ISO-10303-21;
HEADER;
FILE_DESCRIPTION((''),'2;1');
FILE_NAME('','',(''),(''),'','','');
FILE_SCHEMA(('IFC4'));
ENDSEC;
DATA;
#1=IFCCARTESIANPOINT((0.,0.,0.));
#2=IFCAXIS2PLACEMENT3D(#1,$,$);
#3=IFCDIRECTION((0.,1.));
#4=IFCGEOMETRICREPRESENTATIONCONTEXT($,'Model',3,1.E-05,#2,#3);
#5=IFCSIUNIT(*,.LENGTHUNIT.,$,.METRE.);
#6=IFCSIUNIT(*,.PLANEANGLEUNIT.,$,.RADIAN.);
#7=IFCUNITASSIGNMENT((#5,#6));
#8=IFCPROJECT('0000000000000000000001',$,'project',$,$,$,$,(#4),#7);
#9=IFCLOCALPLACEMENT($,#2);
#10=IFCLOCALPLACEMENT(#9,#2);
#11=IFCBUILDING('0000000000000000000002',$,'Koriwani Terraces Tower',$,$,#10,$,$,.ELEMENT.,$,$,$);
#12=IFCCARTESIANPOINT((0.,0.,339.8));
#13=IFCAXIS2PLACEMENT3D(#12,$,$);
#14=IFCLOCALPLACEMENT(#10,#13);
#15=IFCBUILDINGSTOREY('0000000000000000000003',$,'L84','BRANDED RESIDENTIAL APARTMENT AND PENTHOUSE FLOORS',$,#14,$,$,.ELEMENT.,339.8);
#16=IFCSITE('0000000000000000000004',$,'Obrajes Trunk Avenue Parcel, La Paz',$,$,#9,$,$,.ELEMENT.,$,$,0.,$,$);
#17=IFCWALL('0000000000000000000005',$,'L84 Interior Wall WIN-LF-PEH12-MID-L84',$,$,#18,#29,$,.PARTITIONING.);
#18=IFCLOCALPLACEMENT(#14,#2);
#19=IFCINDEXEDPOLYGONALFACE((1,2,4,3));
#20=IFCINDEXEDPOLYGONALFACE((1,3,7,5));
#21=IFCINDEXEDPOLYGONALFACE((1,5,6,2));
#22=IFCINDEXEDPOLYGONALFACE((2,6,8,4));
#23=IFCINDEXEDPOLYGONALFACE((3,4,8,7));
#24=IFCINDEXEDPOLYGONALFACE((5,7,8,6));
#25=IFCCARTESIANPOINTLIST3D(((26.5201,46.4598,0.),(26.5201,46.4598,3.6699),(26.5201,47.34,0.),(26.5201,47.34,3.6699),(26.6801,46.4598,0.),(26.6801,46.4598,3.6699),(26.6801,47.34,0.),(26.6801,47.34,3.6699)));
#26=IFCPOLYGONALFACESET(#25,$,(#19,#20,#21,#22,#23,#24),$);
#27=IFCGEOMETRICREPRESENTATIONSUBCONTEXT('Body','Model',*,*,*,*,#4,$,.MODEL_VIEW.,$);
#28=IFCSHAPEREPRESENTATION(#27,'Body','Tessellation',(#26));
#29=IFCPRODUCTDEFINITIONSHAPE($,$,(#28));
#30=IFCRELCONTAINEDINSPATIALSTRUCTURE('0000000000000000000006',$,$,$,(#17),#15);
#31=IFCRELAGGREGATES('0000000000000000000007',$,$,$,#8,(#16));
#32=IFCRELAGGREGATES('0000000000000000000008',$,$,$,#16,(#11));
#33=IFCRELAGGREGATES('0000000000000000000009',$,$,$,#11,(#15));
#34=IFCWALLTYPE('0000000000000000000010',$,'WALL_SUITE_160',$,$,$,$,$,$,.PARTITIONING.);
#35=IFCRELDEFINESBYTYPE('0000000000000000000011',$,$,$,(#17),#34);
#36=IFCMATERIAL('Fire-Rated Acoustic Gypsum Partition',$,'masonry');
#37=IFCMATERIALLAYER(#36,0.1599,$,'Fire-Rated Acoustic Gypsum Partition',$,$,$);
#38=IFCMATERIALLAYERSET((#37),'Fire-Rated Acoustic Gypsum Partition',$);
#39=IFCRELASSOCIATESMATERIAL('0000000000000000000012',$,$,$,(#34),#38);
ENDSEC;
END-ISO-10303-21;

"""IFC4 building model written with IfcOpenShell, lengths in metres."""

from ifc_helpers import new_model, si_unit, direction, frame, frame_2d, origin, place, context, subcontext, project, spatial, rectangle, extrude, material, layer, layer_set, type_object, element, save


model = new_model("IFC4")

# Units and contexts
model_context = context("Model", 3, precision=1e-05, world=origin(), true_north=direction((0.0, 1.0)))
body_context = subcontext(model_context, "Body", "Model", "MODEL_VIEW")
ifc_project = project(units=[si_unit("LENGTHUNIT", "METRE"), si_unit("PLANEANGLEUNIT", "RADIAN")], contexts=[model_context])

# Site, building, storey
site_placement = place(None, origin())
site = spatial("IfcSite", under=ifc_project, at=site_placement, Name="Obrajes Trunk Avenue Parcel, La Paz", CompositionType="ELEMENT", RefElevation=0.0)
building_placement = place(site_placement, origin())
building = spatial("IfcBuilding", under=site, at=building_placement, Name="Koriwani Terraces Tower", CompositionType="ELEMENT")
storey_placement = place(building_placement, frame((0.0, 0.0, 339.8)))
storey = spatial("IfcBuildingStorey", under=building, at=storey_placement, Name="L84", Description="BRANDED RESIDENTIAL APARTMENT AND PENTHOUSE FLOORS", CompositionType="ELEMENT", Elevation=339.8)

# Wall
ifc_material_1 = material(Name="Fire-Rated Acoustic Gypsum Partition", Category="masonry")
ifc_layer_1 = layer(ifc_material_1, 0.1599, Name="Fire-Rated Acoustic Gypsum Partition")
ifc_layer_set_1 = layer_set([ifc_layer_1], Name="Fire-Rated Acoustic Gypsum Partition")
wall_type_1 = type_object("IfcWallType", Name="WALL_SUITE_160", PredefinedType="PARTITIONING", material=ifc_layer_set_1)
wall_1_placement = place(storey_placement, frame((26.6001, 46.46, 0.0), z_axis=(0.0, 0.0, 1.0), x_axis=(0.0, 1.0, 0.0)))
element("IfcWall", 1, at=wall_1_placement, inside=storey, type_object=wall_type_1, Name="L84 Interior Wall WIN-LF-PEH12-MID-L84", PredefinedType="PARTITIONING", context=body_context, shape_type="SweptSolid", body=[
    extrude(rectangle(XDim=0.8801, YDim=0.1599, at=frame_2d((0.4399, 0.0))), origin(), (0.0, 0.0, 1.0), 3.6699),
])

save(model, "model.ifc")
